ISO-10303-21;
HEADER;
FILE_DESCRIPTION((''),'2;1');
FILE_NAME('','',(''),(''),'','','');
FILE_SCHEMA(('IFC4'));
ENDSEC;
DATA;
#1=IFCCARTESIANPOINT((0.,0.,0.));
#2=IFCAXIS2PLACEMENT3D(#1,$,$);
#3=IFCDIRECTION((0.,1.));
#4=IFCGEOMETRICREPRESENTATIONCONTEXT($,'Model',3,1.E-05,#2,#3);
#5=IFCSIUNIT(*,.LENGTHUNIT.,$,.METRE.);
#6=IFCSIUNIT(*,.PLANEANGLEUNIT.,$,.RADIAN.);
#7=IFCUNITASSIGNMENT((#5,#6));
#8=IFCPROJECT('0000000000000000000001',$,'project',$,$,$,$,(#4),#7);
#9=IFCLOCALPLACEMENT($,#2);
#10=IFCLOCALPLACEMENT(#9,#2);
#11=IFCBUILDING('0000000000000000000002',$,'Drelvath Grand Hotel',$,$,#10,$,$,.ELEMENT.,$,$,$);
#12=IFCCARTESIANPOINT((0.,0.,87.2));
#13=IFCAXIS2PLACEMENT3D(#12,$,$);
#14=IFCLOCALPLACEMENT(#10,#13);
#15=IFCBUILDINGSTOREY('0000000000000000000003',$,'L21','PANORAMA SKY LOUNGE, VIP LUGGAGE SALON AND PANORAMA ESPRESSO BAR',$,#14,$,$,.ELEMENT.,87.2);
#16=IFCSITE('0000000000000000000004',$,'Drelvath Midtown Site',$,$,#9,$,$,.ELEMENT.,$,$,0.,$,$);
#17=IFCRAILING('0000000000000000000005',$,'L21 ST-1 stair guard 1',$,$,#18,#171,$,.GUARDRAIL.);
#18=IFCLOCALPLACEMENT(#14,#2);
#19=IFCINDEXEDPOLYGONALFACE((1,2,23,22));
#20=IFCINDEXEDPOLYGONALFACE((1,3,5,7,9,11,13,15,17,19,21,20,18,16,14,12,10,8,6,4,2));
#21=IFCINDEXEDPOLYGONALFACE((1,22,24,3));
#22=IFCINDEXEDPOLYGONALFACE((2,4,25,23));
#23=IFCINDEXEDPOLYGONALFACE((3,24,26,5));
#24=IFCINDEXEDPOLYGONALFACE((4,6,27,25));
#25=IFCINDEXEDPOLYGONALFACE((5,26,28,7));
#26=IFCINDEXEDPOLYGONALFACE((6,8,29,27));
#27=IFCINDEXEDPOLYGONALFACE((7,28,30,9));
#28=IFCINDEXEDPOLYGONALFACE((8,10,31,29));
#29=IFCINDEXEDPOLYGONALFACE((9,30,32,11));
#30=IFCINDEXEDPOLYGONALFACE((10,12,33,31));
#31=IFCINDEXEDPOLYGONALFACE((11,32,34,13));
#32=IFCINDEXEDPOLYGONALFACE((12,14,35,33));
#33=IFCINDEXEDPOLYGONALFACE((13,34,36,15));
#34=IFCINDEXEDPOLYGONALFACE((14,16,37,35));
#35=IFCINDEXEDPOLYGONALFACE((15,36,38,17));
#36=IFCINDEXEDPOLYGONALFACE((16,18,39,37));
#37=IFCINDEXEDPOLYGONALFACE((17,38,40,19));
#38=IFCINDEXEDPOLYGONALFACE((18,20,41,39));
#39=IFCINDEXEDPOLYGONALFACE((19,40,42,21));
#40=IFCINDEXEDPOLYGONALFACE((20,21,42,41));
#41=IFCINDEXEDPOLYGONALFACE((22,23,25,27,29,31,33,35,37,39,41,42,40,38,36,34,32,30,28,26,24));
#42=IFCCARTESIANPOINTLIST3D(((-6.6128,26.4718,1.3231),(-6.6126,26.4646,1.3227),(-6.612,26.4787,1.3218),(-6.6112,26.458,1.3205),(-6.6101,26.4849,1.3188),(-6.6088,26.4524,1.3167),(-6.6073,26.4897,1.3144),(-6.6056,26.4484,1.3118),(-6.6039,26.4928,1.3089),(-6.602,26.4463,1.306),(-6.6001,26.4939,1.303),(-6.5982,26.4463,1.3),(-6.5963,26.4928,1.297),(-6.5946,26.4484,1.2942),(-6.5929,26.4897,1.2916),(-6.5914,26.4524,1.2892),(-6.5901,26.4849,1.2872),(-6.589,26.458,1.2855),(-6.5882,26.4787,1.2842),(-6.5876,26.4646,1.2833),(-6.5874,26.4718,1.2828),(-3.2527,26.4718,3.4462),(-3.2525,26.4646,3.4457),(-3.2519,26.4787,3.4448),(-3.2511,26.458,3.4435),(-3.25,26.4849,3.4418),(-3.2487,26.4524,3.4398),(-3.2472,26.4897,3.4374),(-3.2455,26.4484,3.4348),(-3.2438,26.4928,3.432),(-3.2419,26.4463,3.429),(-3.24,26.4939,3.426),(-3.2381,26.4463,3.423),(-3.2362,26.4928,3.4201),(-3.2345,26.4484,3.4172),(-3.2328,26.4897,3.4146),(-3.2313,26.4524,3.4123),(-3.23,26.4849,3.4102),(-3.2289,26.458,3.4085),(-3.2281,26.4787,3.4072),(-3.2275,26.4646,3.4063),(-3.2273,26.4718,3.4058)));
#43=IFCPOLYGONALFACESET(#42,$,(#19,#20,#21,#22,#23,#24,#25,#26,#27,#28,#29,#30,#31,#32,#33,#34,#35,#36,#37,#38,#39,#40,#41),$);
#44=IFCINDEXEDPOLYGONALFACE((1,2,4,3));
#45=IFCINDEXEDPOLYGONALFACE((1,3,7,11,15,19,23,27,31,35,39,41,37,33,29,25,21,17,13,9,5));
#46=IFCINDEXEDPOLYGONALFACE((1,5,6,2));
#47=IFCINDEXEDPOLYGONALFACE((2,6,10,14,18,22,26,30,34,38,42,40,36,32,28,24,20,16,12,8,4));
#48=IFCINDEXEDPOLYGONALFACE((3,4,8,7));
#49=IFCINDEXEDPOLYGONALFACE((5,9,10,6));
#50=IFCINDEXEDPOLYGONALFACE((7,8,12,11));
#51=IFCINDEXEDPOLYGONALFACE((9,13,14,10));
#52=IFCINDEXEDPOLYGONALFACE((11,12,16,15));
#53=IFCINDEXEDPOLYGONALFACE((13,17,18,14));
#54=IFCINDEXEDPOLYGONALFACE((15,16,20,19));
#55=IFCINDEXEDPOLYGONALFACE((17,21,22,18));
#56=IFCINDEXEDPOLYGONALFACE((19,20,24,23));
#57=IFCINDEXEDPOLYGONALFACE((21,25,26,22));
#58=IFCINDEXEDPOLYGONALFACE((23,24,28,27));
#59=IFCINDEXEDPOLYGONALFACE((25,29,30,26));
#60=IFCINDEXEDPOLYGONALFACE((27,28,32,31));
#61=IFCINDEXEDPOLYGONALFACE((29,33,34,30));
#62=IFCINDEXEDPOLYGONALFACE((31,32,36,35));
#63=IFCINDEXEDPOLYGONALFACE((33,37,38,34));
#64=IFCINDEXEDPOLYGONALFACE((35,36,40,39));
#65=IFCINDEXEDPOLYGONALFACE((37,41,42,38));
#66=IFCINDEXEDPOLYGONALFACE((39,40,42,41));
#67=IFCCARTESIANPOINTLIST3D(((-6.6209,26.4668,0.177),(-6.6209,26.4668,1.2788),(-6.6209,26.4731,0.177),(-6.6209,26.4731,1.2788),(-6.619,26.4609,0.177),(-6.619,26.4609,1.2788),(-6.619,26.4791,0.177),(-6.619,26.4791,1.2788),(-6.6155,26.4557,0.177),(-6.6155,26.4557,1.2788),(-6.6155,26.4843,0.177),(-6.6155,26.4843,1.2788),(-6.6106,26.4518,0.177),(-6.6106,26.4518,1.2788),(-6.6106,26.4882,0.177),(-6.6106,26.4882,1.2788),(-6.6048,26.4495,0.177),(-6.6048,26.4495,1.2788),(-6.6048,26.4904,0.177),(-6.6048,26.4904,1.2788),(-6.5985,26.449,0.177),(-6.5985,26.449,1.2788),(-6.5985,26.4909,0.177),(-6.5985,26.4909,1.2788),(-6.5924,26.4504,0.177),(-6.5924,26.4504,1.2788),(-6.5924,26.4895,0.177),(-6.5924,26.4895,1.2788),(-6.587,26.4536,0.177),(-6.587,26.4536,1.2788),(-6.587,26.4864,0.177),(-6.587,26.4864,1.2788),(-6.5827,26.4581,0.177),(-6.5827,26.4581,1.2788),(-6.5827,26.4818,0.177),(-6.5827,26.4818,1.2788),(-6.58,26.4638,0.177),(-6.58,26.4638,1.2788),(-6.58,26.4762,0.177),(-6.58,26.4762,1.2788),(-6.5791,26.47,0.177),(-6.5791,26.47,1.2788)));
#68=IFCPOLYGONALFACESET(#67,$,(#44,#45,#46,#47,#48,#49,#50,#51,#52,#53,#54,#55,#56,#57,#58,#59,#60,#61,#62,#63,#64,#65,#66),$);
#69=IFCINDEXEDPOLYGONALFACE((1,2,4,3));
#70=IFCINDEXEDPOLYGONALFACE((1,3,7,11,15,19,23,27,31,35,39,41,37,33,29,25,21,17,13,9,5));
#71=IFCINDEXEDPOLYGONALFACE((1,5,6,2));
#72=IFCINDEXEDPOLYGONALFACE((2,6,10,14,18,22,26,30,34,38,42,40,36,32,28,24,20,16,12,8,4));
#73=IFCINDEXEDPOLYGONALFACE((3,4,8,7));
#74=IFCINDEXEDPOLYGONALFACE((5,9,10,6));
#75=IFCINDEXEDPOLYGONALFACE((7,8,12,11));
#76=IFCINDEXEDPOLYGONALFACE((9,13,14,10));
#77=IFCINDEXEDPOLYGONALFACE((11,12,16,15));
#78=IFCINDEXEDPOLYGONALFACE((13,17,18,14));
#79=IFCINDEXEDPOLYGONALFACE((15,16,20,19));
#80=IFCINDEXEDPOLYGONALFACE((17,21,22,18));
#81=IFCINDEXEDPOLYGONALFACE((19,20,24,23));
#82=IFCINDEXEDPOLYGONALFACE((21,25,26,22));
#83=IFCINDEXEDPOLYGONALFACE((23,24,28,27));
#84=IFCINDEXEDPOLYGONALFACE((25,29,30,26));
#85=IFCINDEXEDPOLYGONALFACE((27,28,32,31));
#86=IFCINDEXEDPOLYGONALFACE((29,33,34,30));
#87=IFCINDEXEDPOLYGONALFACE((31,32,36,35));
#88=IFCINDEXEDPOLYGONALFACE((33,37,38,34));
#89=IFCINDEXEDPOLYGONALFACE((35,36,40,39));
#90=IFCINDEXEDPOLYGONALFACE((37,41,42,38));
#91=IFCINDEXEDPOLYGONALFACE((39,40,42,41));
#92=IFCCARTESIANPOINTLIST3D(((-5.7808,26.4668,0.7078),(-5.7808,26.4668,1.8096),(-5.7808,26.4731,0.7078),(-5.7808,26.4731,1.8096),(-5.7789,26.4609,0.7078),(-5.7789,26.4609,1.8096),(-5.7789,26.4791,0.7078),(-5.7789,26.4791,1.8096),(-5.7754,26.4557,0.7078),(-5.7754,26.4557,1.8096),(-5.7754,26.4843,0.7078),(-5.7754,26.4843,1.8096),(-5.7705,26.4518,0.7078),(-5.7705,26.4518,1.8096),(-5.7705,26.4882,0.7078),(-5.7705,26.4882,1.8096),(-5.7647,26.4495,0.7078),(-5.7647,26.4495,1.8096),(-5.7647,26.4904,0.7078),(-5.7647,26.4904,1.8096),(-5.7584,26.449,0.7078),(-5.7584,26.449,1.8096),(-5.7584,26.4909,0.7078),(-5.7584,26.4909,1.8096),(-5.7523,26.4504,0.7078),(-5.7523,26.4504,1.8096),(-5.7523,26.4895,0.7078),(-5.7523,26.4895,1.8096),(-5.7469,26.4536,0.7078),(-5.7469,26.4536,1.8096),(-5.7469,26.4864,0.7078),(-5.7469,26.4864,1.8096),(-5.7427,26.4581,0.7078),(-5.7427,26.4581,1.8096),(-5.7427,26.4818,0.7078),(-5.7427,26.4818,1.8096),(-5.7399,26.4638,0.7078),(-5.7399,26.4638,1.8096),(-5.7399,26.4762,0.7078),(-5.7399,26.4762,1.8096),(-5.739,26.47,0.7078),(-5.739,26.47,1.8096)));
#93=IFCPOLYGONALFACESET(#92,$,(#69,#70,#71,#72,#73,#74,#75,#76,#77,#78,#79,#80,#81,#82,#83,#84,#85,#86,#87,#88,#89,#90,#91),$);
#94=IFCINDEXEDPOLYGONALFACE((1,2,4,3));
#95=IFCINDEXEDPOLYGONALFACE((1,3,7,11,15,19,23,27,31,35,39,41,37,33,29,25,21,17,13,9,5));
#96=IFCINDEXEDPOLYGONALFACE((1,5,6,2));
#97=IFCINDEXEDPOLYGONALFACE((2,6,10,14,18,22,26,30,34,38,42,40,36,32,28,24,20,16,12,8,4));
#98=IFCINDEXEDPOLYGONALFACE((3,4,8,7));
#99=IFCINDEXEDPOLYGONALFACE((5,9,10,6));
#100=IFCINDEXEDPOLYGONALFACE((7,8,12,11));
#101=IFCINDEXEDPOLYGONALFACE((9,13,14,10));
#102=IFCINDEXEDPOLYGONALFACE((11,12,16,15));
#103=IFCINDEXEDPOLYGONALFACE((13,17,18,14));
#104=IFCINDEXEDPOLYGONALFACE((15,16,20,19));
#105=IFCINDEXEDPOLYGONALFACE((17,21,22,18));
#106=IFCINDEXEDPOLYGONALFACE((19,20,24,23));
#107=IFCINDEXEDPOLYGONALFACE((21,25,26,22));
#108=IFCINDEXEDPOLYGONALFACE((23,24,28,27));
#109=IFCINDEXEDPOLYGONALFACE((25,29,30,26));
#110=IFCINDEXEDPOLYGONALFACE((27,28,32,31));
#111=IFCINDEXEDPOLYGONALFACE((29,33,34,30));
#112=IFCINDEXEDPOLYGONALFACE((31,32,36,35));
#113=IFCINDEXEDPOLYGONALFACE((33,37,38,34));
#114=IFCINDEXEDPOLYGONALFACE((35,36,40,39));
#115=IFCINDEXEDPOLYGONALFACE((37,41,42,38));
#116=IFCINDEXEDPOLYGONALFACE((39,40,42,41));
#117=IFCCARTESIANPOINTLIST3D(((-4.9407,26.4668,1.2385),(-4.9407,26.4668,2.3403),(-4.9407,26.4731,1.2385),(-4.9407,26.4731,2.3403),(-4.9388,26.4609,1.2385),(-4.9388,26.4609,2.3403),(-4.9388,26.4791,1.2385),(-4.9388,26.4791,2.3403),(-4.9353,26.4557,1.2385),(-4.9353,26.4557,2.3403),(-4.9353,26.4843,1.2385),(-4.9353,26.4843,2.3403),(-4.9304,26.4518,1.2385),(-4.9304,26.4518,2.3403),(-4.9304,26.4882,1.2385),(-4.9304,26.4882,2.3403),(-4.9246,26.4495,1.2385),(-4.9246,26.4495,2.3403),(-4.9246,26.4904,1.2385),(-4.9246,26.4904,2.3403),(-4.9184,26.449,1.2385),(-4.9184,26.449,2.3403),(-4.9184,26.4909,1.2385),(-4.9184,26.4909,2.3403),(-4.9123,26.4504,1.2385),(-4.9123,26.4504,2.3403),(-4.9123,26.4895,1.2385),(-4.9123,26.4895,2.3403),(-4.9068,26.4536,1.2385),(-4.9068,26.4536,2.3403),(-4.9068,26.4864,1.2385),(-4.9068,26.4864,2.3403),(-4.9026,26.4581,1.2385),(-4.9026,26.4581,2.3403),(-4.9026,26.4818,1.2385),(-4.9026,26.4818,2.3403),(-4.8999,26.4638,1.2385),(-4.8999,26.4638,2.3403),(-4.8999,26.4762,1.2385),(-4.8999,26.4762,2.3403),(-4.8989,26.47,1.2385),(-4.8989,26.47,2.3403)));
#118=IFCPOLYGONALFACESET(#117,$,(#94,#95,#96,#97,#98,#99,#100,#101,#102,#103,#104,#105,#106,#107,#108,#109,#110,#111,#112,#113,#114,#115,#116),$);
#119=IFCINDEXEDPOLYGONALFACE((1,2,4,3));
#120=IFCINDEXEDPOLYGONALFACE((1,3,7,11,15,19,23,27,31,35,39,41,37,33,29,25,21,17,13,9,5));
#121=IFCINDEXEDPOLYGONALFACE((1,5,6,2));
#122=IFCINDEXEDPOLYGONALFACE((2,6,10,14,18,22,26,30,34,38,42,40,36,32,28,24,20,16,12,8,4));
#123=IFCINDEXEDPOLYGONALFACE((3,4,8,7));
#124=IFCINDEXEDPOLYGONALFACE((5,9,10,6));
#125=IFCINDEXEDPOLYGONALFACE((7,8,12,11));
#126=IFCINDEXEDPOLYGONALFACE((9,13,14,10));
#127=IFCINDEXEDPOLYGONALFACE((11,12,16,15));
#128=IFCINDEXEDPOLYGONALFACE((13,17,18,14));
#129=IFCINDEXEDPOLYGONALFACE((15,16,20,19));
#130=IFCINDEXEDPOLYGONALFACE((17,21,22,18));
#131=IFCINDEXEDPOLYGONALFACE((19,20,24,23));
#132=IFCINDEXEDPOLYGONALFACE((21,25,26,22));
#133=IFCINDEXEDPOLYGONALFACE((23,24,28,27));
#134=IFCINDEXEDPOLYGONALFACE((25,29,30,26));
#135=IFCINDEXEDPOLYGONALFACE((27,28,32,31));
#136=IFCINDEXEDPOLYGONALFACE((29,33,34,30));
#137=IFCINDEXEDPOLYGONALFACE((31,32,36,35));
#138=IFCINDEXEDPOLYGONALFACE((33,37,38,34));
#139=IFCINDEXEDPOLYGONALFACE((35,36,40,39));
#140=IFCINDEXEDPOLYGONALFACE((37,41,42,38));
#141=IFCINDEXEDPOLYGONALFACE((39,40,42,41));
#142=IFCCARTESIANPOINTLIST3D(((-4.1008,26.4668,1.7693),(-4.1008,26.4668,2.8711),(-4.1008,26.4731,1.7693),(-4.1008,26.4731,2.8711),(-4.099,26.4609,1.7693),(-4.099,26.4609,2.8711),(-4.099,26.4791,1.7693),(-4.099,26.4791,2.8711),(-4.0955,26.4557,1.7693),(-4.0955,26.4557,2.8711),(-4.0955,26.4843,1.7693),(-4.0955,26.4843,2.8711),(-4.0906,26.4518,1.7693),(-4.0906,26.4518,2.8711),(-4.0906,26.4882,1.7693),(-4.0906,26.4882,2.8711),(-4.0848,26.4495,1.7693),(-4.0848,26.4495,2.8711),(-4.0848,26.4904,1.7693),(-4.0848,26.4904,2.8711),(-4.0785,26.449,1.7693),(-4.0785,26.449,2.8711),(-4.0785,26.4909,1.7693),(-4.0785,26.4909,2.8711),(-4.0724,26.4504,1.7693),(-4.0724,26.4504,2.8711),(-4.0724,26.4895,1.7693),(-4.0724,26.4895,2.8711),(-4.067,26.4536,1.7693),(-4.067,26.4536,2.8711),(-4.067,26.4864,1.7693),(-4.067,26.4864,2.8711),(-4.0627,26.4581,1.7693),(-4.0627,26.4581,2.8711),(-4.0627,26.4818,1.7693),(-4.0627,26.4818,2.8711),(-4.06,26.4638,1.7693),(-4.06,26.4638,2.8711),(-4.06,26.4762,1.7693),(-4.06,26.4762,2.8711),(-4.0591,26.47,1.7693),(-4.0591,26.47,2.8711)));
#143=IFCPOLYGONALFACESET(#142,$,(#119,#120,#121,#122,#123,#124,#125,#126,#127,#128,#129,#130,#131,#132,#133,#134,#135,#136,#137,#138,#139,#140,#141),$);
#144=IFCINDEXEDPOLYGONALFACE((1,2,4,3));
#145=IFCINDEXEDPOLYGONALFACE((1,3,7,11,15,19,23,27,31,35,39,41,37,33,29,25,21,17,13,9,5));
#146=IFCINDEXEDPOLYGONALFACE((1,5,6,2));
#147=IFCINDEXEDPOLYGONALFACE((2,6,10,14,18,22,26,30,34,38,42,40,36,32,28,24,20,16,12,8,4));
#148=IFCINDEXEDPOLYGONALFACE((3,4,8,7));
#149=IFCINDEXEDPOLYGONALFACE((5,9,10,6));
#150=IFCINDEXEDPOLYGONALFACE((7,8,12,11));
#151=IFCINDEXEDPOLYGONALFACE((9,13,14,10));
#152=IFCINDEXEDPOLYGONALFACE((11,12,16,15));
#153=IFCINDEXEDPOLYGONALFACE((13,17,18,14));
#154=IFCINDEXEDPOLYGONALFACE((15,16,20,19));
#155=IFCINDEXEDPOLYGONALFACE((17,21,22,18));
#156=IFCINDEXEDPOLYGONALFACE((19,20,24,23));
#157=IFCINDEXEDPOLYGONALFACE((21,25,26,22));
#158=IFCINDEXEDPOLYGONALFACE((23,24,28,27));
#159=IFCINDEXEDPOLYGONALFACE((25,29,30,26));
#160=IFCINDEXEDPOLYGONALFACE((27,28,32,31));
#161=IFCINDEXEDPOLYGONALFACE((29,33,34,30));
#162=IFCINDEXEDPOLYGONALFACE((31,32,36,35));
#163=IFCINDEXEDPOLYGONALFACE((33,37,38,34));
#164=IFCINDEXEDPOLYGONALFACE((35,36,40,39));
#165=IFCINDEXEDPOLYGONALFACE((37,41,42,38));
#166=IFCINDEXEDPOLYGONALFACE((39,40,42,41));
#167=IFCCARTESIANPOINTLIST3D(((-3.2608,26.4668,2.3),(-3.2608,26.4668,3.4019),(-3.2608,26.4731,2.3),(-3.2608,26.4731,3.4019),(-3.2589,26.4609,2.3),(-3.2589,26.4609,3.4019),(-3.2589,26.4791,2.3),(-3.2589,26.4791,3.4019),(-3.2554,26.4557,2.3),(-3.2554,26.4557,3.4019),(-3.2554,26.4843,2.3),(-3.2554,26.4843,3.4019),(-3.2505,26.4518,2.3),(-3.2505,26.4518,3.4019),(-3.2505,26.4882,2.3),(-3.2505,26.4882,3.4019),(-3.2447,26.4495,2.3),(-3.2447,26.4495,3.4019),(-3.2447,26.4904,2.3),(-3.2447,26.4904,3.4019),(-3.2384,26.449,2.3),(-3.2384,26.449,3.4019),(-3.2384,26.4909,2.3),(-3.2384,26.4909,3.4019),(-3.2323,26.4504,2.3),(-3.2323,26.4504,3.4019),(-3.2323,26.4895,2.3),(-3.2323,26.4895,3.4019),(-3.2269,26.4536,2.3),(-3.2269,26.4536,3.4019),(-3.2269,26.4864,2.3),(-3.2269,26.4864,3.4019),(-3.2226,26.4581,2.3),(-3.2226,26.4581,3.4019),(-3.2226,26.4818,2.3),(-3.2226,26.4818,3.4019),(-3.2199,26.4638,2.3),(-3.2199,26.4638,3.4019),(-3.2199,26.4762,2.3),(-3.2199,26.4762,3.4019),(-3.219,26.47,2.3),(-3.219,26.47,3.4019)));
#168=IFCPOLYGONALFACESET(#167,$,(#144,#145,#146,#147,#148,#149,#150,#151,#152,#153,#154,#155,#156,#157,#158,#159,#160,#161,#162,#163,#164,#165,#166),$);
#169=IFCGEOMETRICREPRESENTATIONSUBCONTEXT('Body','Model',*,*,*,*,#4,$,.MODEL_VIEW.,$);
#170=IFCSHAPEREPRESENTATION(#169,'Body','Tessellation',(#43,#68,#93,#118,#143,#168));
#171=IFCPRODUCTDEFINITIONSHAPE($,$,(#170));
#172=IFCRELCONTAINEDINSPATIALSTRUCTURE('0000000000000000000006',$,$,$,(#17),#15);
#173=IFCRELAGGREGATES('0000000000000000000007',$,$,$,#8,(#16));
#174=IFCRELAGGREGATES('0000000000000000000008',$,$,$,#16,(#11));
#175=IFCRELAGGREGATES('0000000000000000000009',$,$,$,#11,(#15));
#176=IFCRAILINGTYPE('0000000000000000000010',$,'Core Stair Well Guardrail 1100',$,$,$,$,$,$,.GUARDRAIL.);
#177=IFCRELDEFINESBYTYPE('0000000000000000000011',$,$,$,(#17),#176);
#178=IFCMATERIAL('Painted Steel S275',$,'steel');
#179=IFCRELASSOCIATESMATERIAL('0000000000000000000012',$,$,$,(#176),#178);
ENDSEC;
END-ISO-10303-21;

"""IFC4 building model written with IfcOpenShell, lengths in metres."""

from ifc_helpers import new_model, si_unit, direction, frame, origin, origin_2d, place, context, subcontext, project, spatial, circle, extrude, material, type_object, element, save


model = new_model("IFC4")

# Units and contexts
model_context = context("Model", 3, precision=1e-05, world=origin(), true_north=direction((0.0, 1.0)))
body_context = subcontext(model_context, "Body", "Model", "MODEL_VIEW")
ifc_project = project(units=[si_unit("LENGTHUNIT", "METRE"), si_unit("PLANEANGLEUNIT", "RADIAN")], contexts=[model_context])

# Site, building, storey
site_placement = place(None, origin())
site = spatial("IfcSite", under=ifc_project, at=site_placement, Name="Drelvath Midtown Site", CompositionType="ELEMENT", RefElevation=0.0)
building_placement = place(site_placement, origin())
building = spatial("IfcBuilding", under=site, at=building_placement, Name="Drelvath Grand Hotel", CompositionType="ELEMENT")
storey_placement = place(building_placement, frame((0.0, 0.0, 87.2)))
storey = spatial("IfcBuildingStorey", under=building, at=storey_placement, Name="L21", Description="PANORAMA SKY LOUNGE, VIP LUGGAGE SALON AND PANORAMA ESPRESSO BAR", CompositionType="ELEMENT", Elevation=87.2)

# Shared definitions
ifc_material_1 = material(Name="Painted Steel S275", Category="steel")

# Railing
railing_type_1 = type_object("IfcRailingType", Name="Core Stair Well Guardrail 1100", PredefinedType="GUARDRAIL", material=ifc_material_1)
railing_1_placement = place(storey_placement, frame((-6.6001, 26.47, 0.177)))
element("IfcRailing", 1, at=railing_1_placement, inside=storey, type_object=railing_type_1, Name="L21 ST-1 stair guard 1", PredefinedType="GUARDRAIL", context=body_context, shape_type="SweptSolid", body=[
    extrude(circle(Radius=0.0239, at=origin_2d()), frame((0.0, 0.0, 1.126), z_axis=(0.84539, 0.0, 0.53415), x_axis=(0.0, 1.0, 0.0)), (0.0, 0.0, 1.0), 3.9746),
    extrude(circle(Radius=0.021, at=origin_2d()), origin(), (0.0, 0.0, 1.0), 1.1018),
    extrude(circle(Radius=0.021, at=origin_2d()), frame((0.8401, 0.0, 0.5308)), (0.0, 0.0, 1.0), 1.1018),
    extrude(circle(Radius=0.021, at=origin_2d()), frame((1.6802, 0.0, 1.0615)), (0.0, 0.0, 1.0), 1.1018),
    extrude(circle(Radius=0.021, at=origin_2d()), frame((2.52, 0.0, 1.5923)), (0.0, 0.0, 1.0), 1.1018),
    extrude(circle(Radius=0.021, at=origin_2d()), frame((3.3601, 0.0, 2.123)), (0.0, 0.0, 1.0), 1.1018),
])

save(model, "model.ifc")
